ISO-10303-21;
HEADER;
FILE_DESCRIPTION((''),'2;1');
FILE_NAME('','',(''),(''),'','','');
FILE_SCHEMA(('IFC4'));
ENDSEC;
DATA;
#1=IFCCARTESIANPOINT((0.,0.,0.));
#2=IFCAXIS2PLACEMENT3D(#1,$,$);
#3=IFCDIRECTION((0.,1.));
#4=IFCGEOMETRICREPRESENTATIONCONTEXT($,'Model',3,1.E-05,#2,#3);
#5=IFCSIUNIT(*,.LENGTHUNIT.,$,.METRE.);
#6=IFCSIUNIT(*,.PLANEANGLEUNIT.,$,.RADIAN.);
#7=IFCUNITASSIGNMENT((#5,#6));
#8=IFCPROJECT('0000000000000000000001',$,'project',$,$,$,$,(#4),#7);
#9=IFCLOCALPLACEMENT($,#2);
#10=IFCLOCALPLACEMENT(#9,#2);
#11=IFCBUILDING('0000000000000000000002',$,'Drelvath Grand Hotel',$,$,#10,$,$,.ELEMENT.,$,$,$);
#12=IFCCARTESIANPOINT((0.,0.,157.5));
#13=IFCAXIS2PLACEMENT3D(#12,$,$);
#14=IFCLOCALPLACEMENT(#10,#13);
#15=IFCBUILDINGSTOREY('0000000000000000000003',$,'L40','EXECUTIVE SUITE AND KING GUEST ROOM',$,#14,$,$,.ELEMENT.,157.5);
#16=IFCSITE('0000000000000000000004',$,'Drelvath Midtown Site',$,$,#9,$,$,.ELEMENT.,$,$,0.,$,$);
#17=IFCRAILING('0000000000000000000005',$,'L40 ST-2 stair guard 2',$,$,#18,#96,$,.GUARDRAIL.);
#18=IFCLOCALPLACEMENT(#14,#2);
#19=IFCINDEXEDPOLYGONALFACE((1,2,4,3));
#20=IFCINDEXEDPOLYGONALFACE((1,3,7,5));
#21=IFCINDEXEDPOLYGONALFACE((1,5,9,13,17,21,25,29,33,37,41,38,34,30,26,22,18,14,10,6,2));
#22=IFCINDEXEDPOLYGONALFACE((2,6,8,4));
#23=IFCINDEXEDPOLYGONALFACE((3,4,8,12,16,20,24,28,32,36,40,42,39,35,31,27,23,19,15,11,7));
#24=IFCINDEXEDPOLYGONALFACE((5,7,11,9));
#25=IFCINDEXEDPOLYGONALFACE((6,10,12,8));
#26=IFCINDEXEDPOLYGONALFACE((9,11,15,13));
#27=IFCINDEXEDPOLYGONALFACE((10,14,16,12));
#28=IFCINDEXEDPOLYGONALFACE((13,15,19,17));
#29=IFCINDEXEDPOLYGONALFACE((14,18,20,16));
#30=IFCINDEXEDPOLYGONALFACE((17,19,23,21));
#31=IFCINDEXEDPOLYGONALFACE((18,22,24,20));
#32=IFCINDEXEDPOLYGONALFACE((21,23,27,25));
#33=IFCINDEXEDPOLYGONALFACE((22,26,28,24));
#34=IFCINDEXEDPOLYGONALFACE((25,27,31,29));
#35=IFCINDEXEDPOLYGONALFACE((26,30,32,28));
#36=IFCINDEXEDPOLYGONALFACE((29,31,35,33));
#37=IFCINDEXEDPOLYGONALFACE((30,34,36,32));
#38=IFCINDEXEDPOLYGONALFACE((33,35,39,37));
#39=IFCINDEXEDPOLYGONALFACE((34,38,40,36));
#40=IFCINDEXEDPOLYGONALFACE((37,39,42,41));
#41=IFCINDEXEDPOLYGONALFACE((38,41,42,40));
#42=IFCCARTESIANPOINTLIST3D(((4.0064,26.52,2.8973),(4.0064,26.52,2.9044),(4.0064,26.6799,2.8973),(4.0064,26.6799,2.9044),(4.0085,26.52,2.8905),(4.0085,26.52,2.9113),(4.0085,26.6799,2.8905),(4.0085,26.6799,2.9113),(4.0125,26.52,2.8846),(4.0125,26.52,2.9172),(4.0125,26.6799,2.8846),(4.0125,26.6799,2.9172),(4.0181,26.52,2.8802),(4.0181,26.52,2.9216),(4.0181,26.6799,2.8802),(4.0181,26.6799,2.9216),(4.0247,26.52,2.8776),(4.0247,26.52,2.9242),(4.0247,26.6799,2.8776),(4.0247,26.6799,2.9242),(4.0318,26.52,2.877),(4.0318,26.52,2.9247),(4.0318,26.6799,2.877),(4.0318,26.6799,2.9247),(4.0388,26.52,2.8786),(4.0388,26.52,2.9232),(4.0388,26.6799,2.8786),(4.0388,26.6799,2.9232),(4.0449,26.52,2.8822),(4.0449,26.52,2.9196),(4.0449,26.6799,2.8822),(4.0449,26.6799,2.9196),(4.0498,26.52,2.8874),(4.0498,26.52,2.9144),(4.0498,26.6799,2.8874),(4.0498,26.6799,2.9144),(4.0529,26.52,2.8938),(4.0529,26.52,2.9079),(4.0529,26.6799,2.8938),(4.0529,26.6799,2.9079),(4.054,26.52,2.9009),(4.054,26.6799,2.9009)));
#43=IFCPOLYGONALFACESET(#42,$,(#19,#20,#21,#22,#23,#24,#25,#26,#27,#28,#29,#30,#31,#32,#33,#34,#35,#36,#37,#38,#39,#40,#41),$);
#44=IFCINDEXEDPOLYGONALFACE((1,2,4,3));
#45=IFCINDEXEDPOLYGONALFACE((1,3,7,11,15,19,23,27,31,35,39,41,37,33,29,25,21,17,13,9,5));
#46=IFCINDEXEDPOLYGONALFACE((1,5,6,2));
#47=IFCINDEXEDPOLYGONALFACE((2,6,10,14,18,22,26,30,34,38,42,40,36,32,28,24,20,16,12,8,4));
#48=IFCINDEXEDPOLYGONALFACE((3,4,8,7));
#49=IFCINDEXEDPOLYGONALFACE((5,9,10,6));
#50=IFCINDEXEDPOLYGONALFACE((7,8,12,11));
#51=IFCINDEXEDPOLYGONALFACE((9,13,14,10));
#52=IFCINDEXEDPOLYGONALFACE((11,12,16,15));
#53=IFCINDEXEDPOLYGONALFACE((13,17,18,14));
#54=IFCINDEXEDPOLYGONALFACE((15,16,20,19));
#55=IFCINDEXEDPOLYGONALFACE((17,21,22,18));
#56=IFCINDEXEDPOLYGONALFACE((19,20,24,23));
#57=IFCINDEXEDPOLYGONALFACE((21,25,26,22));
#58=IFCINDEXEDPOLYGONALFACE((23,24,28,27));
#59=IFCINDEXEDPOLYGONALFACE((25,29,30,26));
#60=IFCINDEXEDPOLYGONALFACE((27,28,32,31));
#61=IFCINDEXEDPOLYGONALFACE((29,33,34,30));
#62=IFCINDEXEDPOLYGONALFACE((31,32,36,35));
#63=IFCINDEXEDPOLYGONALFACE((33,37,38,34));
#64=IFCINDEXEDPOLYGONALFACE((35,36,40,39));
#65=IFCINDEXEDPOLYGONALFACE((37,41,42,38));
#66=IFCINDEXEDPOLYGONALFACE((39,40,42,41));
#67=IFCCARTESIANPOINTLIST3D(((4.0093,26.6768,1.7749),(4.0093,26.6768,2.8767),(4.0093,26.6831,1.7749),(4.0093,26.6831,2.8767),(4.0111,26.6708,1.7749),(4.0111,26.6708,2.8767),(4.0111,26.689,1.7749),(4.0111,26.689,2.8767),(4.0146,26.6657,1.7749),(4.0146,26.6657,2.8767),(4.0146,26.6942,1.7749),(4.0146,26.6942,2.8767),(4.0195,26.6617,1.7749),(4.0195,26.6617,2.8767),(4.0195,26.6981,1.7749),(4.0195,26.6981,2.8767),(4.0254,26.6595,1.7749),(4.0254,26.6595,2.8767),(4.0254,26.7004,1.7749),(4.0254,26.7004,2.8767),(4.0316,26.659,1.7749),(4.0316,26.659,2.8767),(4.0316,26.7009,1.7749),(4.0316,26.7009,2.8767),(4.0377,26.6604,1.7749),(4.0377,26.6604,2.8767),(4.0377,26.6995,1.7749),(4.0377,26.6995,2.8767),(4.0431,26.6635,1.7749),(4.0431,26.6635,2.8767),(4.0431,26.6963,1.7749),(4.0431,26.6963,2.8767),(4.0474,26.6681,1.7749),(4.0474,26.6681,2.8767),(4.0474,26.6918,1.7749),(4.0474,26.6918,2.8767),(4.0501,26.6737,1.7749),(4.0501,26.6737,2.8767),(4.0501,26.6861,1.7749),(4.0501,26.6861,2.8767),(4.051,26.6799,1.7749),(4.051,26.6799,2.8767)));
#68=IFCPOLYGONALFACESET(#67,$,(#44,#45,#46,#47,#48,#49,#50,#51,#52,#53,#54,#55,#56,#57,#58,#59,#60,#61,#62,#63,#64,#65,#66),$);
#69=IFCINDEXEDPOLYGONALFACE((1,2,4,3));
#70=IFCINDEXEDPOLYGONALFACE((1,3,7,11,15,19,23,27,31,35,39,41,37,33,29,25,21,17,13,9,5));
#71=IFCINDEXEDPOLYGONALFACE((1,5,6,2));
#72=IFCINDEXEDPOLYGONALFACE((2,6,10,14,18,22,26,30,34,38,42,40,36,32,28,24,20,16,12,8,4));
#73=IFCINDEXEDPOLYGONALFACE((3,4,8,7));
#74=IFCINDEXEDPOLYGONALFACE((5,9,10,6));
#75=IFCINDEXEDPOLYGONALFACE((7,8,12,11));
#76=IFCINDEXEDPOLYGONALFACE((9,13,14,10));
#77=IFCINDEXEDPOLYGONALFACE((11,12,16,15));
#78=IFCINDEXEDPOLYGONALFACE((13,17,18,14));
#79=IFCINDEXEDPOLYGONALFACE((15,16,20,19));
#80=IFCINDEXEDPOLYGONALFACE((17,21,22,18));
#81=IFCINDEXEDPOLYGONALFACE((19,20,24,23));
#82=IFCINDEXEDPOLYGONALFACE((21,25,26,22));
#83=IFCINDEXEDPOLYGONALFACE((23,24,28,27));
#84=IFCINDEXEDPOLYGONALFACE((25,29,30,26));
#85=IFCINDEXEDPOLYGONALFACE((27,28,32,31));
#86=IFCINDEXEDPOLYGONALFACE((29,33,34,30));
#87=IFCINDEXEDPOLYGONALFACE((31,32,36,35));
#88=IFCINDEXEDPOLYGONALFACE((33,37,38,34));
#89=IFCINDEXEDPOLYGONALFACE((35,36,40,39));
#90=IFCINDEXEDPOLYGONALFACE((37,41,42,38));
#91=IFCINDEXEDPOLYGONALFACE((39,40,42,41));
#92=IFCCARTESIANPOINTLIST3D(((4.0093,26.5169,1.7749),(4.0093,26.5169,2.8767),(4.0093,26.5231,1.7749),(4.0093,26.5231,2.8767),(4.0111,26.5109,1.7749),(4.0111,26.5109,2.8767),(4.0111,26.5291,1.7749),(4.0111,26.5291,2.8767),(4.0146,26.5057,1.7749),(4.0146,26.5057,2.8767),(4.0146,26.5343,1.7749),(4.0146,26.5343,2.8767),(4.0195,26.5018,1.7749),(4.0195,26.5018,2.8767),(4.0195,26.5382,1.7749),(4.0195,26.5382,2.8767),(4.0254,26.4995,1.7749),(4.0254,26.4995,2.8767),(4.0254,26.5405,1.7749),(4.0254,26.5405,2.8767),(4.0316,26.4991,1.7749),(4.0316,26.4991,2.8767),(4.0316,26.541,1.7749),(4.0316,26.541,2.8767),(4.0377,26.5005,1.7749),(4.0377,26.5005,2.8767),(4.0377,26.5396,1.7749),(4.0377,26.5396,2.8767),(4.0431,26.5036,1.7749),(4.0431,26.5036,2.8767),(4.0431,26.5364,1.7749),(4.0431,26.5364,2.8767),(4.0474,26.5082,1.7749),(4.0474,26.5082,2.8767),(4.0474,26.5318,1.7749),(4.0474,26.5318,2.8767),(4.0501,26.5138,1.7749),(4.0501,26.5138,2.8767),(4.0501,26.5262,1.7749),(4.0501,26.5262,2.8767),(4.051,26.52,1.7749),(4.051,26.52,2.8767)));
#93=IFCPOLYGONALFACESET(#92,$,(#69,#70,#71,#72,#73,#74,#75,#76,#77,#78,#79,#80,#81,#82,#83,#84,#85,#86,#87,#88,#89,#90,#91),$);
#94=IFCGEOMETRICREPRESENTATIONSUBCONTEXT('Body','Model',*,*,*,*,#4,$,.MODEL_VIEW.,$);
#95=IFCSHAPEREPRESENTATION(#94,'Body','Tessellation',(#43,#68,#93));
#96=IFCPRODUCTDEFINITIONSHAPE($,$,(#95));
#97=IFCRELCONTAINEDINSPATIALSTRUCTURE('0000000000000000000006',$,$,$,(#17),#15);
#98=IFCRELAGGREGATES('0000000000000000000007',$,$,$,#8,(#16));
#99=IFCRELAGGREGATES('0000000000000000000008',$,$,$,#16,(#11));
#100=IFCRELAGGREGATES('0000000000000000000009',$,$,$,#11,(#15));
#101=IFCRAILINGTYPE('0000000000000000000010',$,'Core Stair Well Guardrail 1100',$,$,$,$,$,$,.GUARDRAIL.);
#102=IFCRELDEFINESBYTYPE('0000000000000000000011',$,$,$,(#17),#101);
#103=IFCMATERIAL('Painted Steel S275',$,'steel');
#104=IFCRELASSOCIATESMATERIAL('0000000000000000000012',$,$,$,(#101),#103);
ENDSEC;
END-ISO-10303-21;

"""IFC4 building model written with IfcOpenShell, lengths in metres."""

from ifc_helpers import new_model, si_unit, direction, frame, origin, origin_2d, place, context, subcontext, project, spatial, circle, extrude, material, type_object, element, save


model = new_model("IFC4")

# Units and contexts
model_context = context("Model", 3, precision=1e-05, world=origin(), true_north=direction((0.0, 1.0)))
body_context = subcontext(model_context, "Body", "Model", "MODEL_VIEW")
ifc_project = project(units=[si_unit("LENGTHUNIT", "METRE"), si_unit("PLANEANGLEUNIT", "RADIAN")], contexts=[model_context])

# Site, building, storey
site_placement = place(None, origin())
site = spatial("IfcSite", under=ifc_project, at=site_placement, Name="Drelvath Midtown Site", CompositionType="ELEMENT", RefElevation=0.0)
building_placement = place(site_placement, origin())
building = spatial("IfcBuilding", under=site, at=building_placement, Name="Drelvath Grand Hotel", CompositionType="ELEMENT")
storey_placement = place(building_placement, frame((0.0, 0.0, 157.5)))
storey = spatial("IfcBuildingStorey", under=building, at=storey_placement, Name="L40", Description="EXECUTIVE SUITE AND KING GUEST ROOM", CompositionType="ELEMENT", Elevation=157.5)

# Railing
ifc_material_1 = material(Name="Painted Steel S275", Category="steel")
railing_type_1 = type_object("IfcRailingType", Name="Core Stair Well Guardrail 1100", PredefinedType="GUARDRAIL", material=ifc_material_1)
railing_1_placement = place(storey_placement, frame((4.03, 26.6799, 1.7749)))
element("IfcRailing", 1, at=railing_1_placement, inside=storey, type_object=railing_type_1, Name="L40 ST-2 stair guard 2", PredefinedType="GUARDRAIL", context=body_context, shape_type="SweptSolid", body=[
    extrude(circle(Radius=0.0239, at=origin_2d()), frame((0.0, 0.0, 1.126), z_axis=(0.0, -1.0, 0.0), x_axis=(1.0, 0.0, 0.0)), (0.0, 0.0, 1.0), 0.1599),
    extrude(circle(Radius=0.021, at=origin_2d()), origin(), (0.0, 0.0, 1.0), 1.1018),
    extrude(circle(Radius=0.021, at=origin_2d()), frame((0.0, -0.1599, 0.0)), (0.0, 0.0, 1.0), 1.1018),
])

save(model, "model.ifc")
